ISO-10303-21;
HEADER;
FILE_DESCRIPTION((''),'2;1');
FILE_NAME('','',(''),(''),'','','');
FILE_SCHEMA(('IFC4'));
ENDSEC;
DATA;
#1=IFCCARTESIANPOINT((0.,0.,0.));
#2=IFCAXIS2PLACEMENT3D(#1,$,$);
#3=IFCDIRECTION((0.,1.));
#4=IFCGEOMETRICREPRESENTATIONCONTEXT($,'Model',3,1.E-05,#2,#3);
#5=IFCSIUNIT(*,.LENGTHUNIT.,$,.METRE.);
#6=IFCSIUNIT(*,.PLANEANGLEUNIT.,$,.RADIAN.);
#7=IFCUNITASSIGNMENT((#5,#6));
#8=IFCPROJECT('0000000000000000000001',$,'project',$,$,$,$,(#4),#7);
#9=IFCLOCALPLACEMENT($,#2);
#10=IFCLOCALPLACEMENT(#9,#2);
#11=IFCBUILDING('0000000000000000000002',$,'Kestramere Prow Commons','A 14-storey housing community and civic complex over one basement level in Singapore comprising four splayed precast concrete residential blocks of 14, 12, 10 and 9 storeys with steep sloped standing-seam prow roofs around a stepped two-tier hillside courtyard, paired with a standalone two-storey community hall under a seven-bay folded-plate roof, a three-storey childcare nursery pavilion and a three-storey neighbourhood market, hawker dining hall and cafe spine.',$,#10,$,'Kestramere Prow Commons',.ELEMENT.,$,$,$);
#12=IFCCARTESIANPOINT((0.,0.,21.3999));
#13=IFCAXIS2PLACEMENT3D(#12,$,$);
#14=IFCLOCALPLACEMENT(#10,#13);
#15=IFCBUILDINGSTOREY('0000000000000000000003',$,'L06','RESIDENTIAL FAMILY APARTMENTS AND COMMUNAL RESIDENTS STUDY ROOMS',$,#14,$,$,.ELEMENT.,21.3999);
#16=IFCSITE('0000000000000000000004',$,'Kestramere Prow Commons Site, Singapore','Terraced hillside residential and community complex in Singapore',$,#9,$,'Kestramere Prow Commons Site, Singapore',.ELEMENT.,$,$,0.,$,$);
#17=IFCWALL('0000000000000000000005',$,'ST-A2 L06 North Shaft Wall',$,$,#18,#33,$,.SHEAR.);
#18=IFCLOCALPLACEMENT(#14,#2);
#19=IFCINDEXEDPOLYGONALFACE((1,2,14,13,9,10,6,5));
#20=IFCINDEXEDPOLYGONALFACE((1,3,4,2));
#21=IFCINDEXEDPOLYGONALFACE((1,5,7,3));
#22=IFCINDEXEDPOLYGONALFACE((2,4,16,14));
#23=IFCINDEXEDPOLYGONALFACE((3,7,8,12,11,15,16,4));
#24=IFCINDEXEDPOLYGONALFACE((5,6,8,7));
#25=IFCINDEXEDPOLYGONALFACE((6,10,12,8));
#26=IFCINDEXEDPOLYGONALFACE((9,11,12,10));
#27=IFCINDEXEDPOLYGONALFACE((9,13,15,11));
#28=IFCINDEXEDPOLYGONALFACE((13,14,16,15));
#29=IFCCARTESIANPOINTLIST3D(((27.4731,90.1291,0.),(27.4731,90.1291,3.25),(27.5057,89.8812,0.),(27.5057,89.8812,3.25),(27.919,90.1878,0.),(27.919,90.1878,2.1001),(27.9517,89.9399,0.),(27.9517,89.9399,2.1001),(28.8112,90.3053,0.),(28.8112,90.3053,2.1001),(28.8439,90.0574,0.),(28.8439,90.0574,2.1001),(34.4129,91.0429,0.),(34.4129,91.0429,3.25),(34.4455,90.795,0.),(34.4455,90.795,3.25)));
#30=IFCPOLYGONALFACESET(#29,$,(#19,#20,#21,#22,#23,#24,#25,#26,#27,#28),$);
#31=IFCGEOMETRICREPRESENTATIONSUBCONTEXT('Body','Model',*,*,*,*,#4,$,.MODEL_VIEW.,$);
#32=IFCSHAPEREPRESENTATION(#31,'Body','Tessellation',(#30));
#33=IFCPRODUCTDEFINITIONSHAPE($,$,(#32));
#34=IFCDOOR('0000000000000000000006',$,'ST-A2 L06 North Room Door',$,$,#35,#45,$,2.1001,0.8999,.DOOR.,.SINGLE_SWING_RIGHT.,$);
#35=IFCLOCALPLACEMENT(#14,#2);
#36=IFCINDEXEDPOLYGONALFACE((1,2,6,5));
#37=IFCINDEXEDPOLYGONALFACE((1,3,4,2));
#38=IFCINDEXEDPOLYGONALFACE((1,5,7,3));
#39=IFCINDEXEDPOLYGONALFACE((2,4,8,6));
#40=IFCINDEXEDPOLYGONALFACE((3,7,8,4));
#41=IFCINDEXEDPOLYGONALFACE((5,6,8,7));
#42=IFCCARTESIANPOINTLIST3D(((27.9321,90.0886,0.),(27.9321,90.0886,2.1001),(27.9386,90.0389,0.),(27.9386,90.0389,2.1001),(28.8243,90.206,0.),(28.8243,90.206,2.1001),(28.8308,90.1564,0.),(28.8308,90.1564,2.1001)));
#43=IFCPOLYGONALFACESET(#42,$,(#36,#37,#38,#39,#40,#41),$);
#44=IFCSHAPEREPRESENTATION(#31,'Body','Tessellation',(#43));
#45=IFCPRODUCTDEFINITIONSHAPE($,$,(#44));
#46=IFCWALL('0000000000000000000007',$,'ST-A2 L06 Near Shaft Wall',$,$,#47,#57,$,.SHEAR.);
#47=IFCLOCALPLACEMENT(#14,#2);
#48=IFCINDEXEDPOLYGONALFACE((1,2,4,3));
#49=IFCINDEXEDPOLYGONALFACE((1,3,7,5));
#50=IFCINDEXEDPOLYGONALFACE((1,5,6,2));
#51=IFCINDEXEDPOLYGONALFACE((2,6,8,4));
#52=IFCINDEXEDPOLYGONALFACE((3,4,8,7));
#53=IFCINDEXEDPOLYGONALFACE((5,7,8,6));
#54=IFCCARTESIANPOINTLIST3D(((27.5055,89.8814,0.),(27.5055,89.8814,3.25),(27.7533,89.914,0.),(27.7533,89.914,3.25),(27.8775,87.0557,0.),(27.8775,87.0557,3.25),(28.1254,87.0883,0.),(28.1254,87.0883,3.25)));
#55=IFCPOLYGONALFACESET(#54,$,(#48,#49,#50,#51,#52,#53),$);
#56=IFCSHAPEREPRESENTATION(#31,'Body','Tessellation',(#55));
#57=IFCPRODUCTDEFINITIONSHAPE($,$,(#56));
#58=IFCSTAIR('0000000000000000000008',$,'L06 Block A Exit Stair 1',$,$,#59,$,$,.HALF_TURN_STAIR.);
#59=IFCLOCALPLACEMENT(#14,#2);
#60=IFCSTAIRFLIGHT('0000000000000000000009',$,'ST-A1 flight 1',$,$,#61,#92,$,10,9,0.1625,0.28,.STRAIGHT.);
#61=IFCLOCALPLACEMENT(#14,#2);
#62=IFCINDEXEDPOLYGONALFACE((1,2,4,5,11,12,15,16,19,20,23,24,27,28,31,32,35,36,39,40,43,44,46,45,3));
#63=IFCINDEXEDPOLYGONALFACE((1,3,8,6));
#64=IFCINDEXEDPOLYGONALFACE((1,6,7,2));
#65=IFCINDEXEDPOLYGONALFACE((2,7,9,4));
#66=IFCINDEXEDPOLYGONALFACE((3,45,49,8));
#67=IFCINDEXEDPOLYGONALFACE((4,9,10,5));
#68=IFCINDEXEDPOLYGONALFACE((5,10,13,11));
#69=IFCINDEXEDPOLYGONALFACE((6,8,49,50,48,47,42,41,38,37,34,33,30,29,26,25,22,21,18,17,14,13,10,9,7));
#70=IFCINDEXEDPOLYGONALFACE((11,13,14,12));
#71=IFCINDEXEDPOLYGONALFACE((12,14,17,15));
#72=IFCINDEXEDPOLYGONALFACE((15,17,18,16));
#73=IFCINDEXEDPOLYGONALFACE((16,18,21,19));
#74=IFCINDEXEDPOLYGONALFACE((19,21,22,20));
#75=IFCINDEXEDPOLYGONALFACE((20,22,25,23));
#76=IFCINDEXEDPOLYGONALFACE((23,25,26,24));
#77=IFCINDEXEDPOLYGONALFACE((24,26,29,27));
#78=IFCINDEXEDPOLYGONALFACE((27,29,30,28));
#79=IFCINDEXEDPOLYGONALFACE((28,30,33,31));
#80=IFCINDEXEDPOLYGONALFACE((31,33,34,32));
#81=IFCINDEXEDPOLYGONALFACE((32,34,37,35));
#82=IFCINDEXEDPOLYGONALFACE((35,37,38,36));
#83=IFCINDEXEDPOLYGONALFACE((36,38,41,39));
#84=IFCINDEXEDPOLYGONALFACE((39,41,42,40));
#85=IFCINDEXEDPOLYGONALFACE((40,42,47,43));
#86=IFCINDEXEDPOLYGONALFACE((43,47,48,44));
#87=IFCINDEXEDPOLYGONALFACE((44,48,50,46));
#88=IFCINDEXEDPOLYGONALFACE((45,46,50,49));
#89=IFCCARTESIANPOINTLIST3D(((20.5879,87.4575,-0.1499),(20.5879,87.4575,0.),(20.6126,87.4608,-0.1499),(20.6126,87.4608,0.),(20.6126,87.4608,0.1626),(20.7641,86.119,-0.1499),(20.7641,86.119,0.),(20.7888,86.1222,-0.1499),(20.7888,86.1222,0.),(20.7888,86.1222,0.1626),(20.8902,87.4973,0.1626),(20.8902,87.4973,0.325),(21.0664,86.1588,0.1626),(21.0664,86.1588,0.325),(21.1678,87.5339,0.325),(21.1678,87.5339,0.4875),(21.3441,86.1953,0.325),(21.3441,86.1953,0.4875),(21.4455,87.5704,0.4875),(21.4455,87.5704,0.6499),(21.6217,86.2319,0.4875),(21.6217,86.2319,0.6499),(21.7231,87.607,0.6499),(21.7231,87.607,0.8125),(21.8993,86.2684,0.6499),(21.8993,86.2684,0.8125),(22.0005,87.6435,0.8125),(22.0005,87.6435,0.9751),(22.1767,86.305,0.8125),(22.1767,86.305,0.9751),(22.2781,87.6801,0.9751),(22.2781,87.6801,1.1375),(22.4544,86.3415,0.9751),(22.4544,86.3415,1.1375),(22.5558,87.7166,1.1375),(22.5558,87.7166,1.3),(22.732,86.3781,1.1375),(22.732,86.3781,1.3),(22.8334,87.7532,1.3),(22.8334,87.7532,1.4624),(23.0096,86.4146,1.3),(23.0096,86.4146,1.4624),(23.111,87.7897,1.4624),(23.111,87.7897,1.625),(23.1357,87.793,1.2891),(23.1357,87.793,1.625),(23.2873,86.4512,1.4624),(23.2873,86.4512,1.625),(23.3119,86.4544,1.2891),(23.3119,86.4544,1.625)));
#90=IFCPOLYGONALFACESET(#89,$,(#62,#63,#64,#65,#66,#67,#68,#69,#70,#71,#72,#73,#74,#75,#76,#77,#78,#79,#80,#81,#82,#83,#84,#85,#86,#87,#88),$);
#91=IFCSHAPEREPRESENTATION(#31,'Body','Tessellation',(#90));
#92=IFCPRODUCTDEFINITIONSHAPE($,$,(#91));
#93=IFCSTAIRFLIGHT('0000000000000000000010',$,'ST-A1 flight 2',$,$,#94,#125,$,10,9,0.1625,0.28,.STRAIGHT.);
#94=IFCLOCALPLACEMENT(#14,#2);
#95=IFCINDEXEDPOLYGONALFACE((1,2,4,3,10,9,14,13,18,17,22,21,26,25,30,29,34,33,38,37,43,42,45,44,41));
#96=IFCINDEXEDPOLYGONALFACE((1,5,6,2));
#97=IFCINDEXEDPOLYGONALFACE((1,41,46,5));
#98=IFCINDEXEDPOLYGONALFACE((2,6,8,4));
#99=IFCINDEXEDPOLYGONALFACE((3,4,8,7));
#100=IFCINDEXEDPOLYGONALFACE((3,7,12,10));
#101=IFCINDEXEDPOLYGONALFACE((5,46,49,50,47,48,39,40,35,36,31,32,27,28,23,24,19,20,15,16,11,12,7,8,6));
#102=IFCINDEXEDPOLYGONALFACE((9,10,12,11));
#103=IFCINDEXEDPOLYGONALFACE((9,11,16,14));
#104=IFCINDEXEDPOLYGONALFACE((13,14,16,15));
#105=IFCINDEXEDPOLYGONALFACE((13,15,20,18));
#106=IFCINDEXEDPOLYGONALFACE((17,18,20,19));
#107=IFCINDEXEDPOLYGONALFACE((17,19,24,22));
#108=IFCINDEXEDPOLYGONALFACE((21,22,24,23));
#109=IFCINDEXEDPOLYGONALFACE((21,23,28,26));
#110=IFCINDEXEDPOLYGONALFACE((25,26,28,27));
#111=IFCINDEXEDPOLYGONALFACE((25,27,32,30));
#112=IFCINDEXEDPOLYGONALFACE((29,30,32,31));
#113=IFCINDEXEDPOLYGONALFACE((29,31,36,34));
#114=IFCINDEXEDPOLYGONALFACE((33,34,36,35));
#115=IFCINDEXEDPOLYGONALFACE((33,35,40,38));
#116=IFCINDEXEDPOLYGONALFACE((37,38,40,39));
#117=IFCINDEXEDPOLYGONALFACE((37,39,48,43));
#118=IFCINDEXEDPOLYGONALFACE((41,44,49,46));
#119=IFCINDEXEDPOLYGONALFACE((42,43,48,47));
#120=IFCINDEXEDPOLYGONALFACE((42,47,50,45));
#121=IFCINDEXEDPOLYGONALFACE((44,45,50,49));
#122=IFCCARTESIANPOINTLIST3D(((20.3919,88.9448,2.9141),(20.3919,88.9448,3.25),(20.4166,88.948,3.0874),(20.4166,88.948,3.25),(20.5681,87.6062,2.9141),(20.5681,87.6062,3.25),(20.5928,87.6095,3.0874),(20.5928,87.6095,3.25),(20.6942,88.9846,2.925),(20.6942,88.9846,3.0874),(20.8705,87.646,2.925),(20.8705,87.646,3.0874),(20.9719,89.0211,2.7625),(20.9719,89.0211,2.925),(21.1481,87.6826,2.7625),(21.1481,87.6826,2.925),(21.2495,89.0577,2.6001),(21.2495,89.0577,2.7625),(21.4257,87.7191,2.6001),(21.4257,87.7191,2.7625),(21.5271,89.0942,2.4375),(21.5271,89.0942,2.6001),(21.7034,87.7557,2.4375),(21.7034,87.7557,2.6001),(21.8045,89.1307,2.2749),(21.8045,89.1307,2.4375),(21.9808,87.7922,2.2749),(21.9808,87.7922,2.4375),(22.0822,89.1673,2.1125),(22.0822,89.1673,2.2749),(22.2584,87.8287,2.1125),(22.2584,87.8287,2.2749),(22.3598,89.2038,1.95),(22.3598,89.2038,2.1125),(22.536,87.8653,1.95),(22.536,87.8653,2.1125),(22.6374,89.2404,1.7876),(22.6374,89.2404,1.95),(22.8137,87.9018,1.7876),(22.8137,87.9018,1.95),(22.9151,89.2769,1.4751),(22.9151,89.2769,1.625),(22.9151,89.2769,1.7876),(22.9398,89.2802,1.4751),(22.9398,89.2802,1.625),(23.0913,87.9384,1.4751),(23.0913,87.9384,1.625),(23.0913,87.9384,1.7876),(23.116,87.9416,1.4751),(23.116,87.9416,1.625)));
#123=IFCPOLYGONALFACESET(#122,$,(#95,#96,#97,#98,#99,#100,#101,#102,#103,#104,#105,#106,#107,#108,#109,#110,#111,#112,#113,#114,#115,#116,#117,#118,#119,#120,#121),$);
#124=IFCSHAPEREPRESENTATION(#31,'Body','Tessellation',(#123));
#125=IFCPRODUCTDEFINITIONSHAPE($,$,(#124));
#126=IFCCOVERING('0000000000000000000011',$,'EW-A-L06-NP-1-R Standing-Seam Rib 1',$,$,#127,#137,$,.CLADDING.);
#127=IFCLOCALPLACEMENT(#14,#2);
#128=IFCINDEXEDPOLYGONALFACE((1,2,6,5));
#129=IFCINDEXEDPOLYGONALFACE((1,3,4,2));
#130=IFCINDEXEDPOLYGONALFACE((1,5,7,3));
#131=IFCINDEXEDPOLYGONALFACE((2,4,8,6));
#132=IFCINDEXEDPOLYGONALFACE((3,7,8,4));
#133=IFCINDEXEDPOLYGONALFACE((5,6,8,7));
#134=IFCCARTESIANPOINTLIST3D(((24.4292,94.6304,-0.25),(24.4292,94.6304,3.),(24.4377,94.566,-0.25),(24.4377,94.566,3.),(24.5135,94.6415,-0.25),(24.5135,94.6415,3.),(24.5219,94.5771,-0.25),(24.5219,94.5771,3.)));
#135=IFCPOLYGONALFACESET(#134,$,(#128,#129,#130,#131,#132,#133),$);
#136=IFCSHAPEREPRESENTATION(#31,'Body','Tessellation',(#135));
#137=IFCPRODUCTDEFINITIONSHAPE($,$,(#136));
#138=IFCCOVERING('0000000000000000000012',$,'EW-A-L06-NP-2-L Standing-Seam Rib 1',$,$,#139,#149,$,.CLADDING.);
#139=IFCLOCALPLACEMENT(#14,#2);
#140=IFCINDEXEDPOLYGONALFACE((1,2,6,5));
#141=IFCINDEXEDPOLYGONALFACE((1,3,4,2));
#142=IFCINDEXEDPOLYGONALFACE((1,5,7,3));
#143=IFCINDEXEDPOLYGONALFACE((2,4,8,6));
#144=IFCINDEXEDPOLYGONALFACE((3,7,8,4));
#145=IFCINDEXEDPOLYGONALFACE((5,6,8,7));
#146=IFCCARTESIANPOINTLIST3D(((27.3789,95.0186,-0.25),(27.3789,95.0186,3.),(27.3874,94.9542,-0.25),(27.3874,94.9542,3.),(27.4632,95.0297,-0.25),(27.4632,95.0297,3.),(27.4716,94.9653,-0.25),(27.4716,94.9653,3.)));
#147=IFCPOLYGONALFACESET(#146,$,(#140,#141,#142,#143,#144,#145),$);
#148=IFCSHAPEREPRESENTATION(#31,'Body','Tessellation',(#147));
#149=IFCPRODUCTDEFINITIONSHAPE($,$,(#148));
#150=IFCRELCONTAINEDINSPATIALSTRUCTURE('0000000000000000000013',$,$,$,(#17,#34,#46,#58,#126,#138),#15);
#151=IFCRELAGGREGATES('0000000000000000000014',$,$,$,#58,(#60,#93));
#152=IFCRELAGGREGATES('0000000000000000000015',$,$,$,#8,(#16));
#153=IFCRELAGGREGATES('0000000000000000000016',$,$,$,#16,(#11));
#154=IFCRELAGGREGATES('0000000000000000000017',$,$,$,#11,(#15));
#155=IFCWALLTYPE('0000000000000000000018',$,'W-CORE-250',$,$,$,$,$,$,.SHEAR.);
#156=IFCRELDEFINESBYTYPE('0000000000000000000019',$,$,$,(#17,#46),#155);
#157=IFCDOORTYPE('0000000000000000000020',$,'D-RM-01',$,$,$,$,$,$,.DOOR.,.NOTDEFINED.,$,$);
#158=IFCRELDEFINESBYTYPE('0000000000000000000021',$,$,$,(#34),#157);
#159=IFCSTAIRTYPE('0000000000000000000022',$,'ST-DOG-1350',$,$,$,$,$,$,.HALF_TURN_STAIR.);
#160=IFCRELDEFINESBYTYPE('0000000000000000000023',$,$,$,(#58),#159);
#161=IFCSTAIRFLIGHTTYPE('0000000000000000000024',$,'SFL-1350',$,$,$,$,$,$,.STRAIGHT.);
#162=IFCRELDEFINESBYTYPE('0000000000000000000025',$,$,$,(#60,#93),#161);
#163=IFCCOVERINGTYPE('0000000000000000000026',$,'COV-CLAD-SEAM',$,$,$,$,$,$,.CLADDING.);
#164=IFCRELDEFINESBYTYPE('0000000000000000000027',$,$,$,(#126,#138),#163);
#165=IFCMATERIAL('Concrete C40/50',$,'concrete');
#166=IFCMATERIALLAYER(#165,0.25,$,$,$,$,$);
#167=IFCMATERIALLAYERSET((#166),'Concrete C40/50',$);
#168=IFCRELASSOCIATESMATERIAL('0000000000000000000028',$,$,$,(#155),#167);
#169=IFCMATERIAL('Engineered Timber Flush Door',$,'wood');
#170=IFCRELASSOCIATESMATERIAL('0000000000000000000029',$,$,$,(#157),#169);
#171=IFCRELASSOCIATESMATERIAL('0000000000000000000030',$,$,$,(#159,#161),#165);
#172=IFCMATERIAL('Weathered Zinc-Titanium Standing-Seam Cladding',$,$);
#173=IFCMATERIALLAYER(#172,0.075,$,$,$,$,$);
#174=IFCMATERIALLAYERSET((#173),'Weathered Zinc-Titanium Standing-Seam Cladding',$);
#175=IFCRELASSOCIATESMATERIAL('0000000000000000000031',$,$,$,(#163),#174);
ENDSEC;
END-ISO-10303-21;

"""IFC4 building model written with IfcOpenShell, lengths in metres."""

from ifc_helpers import new_model, si_unit, direction, frame, frame_2d, origin, origin_2d, place, context, subcontext, project, spatial, polyline, rectangle, outline, extrude, material, layer, layer_set, type_object, element, fill, aggregate, save


model = new_model("IFC4")

# Units and contexts
model_context = context("Model", 3, precision=1e-05, world=origin(), true_north=direction((0.0, 1.0)))
body_context = subcontext(model_context, "Body", "Model", "MODEL_VIEW")
ifc_project = project(units=[si_unit("LENGTHUNIT", "METRE"), si_unit("PLANEANGLEUNIT", "RADIAN")], contexts=[model_context])

# Site, building, storey
site_placement = place(None, origin())
site = spatial("IfcSite", under=ifc_project, at=site_placement, Name="Kestramere Prow Commons Site, Singapore", Description="Terraced hillside residential and community complex in Singapore", LongName="Kestramere Prow Commons Site, Singapore", CompositionType="ELEMENT", RefElevation=0.0)
building_placement = place(site_placement, origin())
building = spatial("IfcBuilding", under=site, at=building_placement, Name="Kestramere Prow Commons", Description="A 14-storey housing community and civic complex over one basement level in Singapore comprising four splayed precast concrete residential blocks of 14, 12, 10 and 9 storeys with steep sloped standing-seam prow roofs around a stepped two-tier hillside courtyard, paired with a standalone two-storey community hall under a seven-bay folded-plate roof, a three-storey childcare nursery pavilion and a three-storey neighbourhood market, hawker dining hall and cafe spine.", LongName="Kestramere Prow Commons", CompositionType="ELEMENT")
storey_placement = place(building_placement, frame((0.0, 0.0, 21.3999)))
storey = spatial("IfcBuildingStorey", under=building, at=storey_placement, Name="L06", Description="RESIDENTIAL FAMILY APARTMENTS AND COMMUNAL RESIDENTS STUDY ROOMS", CompositionType="ELEMENT", Elevation=21.3999)

# Shared definitions
ifc_material_1 = material(Name="Concrete C40/50", Category="concrete")

# Shared definitions
ifc_layer_1 = layer(ifc_material_1, 0.25)
ifc_layer_set_1 = layer_set([ifc_layer_1], Name="Concrete C40/50")
wall_type_1 = type_object("IfcWallType", Name="W-CORE-250", PredefinedType="SHEAR", material=ifc_layer_set_1)

# Wall, opening, door
wall_1_placement = place(storey_placement, frame((27.4893, 90.0051, 0.0), z_axis=(0.0, 0.0, 1.0), x_axis=(0.991442, 0.130548, 0.0)))
wall_1 = element("IfcWall", 1, at=wall_1_placement, inside=storey, type_object=wall_type_1, Name="ST-A2 L06 North Shaft Wall", PredefinedType="SHEAR", context=body_context, shape_type="SweptSolid", body=[
    extrude(rectangle(XDim=6.9998, YDim=0.25, at=frame_2d((3.5, 0.0))), origin(), (0.0, 0.0, 1.0), 3.25),
])
opening_1_placement = place(wall_1_placement, frame((0.45, 0.0, 0.0)))
opening_1 = element("IfcOpeningElement", 2, at=opening_1_placement, cuts=wall_1, PredefinedType="OPENING", context=body_context, shape_type="SweptSolid", body=[
    extrude(rectangle(XDim=0.8999, YDim=2.1001, at=frame_2d((0.45, 1.05))), frame((0.0, 0.1399, 0.0), z_axis=(0.0, -1.0, 0.0), x_axis=(1.0, 0.0, 0.0)), (0.0, 0.0, 1.0), 0.28),
])
ifc_material_2 = material(Name="Engineered Timber Flush Door", Category="wood")
door_type_1 = type_object("IfcDoorType", Name="D-RM-01", OperationType="NOTDEFINED", PredefinedType="DOOR", material=ifc_material_2)
door_1_placement = place(opening_1_placement, origin())
door_1 = element("IfcDoor", 3, at=door_1_placement, inside=storey, type_object=door_type_1, Name="ST-A2 L06 North Room Door", OperationType="SINGLE_SWING_RIGHT", OverallHeight=2.1001, OverallWidth=0.8999, PredefinedType="DOOR", context=body_context, shape_type="SweptSolid", body=[
    extrude(rectangle(XDim=0.8999, YDim=2.1001, at=frame_2d((0.45, 1.05))), frame((0.0, 0.0249, 0.0), z_axis=(0.0, -1.0, 0.0), x_axis=(1.0, 0.0, 0.0)), (0.0, 0.0, 1.0), 0.05),
])
fill(opening_1, door_1)

# Wall
wall_2_placement = place(storey_placement, frame((28.0015, 87.072, 0.0), z_axis=(0.0, 0.0, 1.0), x_axis=(-0.130548, 0.991442, 0.0)))
element("IfcWall", 4, at=wall_2_placement, inside=storey, type_object=wall_type_1, Name="ST-A2 L06 Near Shaft Wall", PredefinedType="SHEAR", context=body_context, shape_type="SweptSolid", body=[
    extrude(rectangle(XDim=2.8501, YDim=0.25, at=frame_2d((1.425, 0.0))), origin(), (0.0, 0.0, 1.0), 3.25),
])

# Stair, stair flights
stair_type = type_object("IfcStairType", Name="ST-DOG-1350", PredefinedType="HALF_TURN_STAIR", material=ifc_material_1)
stair_placement = place(storey_placement, origin())
stair = element("IfcStair", 5, at=stair_placement, inside=storey, type_object=stair_type, Name="L06 Block A Exit Stair 1", PredefinedType="HALF_TURN_STAIR")
stair_flight_type = type_object("IfcStairFlightType", Name="SFL-1350", PredefinedType="STRAIGHT", material=ifc_material_1)
stair_flight_1_placement = place(storey_placement, frame((20.7007, 86.7915, 0.0), z_axis=(0.0, 0.0, 1.0), x_axis=(0.991445, 0.130526, 0.0)))
stair_flight_1 = element("IfcStairFlight", 6, at=stair_flight_1_placement, type_object=stair_flight_type, Name="ST-A1 flight 1", NumberOfRisers=10, NumberOfTreads=9, PredefinedType="STRAIGHT", RiserHeight=0.1625, TreadLength=0.28, context=body_context, shape_type="SweptSolid", body=[
    extrude(outline(polyline([(-0.0249, 0.0), (0.0, 0.0), (0.0, 0.1626), (0.28, 0.1626), (0.28, 0.325), (0.5601, 0.325), (0.5601, 0.4875), (0.8401, 0.4875), (0.8401, 0.6499), (1.1201, 0.6499), (1.1201, 0.8125), (1.3999, 0.8125), (1.3999, 0.9751), (1.6799, 0.9751), (1.6799, 1.1375), (1.96, 1.1375), (1.96, 1.3), (2.24, 1.3), (2.24, 1.4624), (2.52, 1.4624), (2.52, 1.625), (2.5449, 1.625), (2.5449, 1.2891), (0.0, -0.1499), (-0.0249, -0.1499), (-0.0249, 0.0)])), frame((0.0, 0.675, 0.0), z_axis=(0.0, -1.0, 0.0), x_axis=(1.0, 0.0, 0.0)), (0.0, 0.0, 1.0), 1.3501),
])
stair_flight_2_placement = place(storey_placement, frame((23.0032, 88.6077, 1.625), z_axis=(0.0, 0.0, 1.0), x_axis=(-0.991445, -0.130526, 0.0)))
stair_flight_2 = element("IfcStairFlight", 7, at=stair_flight_2_placement, type_object=stair_flight_type, Name="ST-A1 flight 2", NumberOfRisers=10, NumberOfTreads=9, PredefinedType="STRAIGHT", RiserHeight=0.1625, TreadLength=0.28, context=body_context, shape_type="SweptSolid", body=[
    extrude(outline(polyline([(-0.0249, 0.0), (0.0, 0.0), (0.0, 0.1626), (0.28, 0.1626), (0.28, 0.325), (0.5601, 0.325), (0.5601, 0.4875), (0.8401, 0.4875), (0.8401, 0.6499), (1.1201, 0.6499), (1.1201, 0.8125), (1.3999, 0.8125), (1.3999, 0.9751), (1.6799, 0.9751), (1.6799, 1.1375), (1.96, 1.1375), (1.96, 1.3), (2.24, 1.3), (2.24, 1.4624), (2.52, 1.4624), (2.52, 1.625), (2.5449, 1.625), (2.5449, 1.2891), (0.0, -0.1499), (-0.0249, -0.1499), (-0.0249, 0.0)])), frame((0.0, 0.675, 0.0), z_axis=(0.0, -1.0, 0.0), x_axis=(1.0, 0.0, 0.0)), (0.0, 0.0, 1.0), 1.3501),
])
aggregate(stair, [stair_flight_1, stair_flight_2])

# Coverings
ifc_material_3 = material(Name="Weathered Zinc-Titanium Standing-Seam Cladding")
ifc_layer_2 = layer(ifc_material_3, 0.075)
ifc_layer_set_2 = layer_set([ifc_layer_2], Name="Weathered Zinc-Titanium Standing-Seam Cladding")
covering_type = type_object("IfcCoveringType", Name="COV-CLAD-SEAM", PredefinedType="CLADDING", material=ifc_layer_set_2)
for number, where, z_axis, x_axis, name in (
    (8, (24.4756, 94.6038, -0.25), (0.0, 0.0, 1.0), (0.991445, 0.130526, 0.0), "EW-A-L06-NP-1-R Standing-Seam Rib 1"),
    (9, (27.4253, 94.9919, -0.25), (0.0, 0.0, 1.0), (0.991445, 0.130526, 0.0), "EW-A-L06-NP-2-L Standing-Seam Rib 1"),
):
    element("IfcCovering", number, at=place(storey_placement, frame(where, z_axis=z_axis, x_axis=x_axis)), inside=storey, type_object=covering_type, Name=name, PredefinedType="CLADDING", context=body_context, shape_type="SweptSolid", body=[
        extrude(rectangle(XDim=0.085, YDim=0.0649, at=origin_2d()), origin(), (0.0, 0.0, 1.0), 3.25),
    ])

save(model, "model.ifc")
